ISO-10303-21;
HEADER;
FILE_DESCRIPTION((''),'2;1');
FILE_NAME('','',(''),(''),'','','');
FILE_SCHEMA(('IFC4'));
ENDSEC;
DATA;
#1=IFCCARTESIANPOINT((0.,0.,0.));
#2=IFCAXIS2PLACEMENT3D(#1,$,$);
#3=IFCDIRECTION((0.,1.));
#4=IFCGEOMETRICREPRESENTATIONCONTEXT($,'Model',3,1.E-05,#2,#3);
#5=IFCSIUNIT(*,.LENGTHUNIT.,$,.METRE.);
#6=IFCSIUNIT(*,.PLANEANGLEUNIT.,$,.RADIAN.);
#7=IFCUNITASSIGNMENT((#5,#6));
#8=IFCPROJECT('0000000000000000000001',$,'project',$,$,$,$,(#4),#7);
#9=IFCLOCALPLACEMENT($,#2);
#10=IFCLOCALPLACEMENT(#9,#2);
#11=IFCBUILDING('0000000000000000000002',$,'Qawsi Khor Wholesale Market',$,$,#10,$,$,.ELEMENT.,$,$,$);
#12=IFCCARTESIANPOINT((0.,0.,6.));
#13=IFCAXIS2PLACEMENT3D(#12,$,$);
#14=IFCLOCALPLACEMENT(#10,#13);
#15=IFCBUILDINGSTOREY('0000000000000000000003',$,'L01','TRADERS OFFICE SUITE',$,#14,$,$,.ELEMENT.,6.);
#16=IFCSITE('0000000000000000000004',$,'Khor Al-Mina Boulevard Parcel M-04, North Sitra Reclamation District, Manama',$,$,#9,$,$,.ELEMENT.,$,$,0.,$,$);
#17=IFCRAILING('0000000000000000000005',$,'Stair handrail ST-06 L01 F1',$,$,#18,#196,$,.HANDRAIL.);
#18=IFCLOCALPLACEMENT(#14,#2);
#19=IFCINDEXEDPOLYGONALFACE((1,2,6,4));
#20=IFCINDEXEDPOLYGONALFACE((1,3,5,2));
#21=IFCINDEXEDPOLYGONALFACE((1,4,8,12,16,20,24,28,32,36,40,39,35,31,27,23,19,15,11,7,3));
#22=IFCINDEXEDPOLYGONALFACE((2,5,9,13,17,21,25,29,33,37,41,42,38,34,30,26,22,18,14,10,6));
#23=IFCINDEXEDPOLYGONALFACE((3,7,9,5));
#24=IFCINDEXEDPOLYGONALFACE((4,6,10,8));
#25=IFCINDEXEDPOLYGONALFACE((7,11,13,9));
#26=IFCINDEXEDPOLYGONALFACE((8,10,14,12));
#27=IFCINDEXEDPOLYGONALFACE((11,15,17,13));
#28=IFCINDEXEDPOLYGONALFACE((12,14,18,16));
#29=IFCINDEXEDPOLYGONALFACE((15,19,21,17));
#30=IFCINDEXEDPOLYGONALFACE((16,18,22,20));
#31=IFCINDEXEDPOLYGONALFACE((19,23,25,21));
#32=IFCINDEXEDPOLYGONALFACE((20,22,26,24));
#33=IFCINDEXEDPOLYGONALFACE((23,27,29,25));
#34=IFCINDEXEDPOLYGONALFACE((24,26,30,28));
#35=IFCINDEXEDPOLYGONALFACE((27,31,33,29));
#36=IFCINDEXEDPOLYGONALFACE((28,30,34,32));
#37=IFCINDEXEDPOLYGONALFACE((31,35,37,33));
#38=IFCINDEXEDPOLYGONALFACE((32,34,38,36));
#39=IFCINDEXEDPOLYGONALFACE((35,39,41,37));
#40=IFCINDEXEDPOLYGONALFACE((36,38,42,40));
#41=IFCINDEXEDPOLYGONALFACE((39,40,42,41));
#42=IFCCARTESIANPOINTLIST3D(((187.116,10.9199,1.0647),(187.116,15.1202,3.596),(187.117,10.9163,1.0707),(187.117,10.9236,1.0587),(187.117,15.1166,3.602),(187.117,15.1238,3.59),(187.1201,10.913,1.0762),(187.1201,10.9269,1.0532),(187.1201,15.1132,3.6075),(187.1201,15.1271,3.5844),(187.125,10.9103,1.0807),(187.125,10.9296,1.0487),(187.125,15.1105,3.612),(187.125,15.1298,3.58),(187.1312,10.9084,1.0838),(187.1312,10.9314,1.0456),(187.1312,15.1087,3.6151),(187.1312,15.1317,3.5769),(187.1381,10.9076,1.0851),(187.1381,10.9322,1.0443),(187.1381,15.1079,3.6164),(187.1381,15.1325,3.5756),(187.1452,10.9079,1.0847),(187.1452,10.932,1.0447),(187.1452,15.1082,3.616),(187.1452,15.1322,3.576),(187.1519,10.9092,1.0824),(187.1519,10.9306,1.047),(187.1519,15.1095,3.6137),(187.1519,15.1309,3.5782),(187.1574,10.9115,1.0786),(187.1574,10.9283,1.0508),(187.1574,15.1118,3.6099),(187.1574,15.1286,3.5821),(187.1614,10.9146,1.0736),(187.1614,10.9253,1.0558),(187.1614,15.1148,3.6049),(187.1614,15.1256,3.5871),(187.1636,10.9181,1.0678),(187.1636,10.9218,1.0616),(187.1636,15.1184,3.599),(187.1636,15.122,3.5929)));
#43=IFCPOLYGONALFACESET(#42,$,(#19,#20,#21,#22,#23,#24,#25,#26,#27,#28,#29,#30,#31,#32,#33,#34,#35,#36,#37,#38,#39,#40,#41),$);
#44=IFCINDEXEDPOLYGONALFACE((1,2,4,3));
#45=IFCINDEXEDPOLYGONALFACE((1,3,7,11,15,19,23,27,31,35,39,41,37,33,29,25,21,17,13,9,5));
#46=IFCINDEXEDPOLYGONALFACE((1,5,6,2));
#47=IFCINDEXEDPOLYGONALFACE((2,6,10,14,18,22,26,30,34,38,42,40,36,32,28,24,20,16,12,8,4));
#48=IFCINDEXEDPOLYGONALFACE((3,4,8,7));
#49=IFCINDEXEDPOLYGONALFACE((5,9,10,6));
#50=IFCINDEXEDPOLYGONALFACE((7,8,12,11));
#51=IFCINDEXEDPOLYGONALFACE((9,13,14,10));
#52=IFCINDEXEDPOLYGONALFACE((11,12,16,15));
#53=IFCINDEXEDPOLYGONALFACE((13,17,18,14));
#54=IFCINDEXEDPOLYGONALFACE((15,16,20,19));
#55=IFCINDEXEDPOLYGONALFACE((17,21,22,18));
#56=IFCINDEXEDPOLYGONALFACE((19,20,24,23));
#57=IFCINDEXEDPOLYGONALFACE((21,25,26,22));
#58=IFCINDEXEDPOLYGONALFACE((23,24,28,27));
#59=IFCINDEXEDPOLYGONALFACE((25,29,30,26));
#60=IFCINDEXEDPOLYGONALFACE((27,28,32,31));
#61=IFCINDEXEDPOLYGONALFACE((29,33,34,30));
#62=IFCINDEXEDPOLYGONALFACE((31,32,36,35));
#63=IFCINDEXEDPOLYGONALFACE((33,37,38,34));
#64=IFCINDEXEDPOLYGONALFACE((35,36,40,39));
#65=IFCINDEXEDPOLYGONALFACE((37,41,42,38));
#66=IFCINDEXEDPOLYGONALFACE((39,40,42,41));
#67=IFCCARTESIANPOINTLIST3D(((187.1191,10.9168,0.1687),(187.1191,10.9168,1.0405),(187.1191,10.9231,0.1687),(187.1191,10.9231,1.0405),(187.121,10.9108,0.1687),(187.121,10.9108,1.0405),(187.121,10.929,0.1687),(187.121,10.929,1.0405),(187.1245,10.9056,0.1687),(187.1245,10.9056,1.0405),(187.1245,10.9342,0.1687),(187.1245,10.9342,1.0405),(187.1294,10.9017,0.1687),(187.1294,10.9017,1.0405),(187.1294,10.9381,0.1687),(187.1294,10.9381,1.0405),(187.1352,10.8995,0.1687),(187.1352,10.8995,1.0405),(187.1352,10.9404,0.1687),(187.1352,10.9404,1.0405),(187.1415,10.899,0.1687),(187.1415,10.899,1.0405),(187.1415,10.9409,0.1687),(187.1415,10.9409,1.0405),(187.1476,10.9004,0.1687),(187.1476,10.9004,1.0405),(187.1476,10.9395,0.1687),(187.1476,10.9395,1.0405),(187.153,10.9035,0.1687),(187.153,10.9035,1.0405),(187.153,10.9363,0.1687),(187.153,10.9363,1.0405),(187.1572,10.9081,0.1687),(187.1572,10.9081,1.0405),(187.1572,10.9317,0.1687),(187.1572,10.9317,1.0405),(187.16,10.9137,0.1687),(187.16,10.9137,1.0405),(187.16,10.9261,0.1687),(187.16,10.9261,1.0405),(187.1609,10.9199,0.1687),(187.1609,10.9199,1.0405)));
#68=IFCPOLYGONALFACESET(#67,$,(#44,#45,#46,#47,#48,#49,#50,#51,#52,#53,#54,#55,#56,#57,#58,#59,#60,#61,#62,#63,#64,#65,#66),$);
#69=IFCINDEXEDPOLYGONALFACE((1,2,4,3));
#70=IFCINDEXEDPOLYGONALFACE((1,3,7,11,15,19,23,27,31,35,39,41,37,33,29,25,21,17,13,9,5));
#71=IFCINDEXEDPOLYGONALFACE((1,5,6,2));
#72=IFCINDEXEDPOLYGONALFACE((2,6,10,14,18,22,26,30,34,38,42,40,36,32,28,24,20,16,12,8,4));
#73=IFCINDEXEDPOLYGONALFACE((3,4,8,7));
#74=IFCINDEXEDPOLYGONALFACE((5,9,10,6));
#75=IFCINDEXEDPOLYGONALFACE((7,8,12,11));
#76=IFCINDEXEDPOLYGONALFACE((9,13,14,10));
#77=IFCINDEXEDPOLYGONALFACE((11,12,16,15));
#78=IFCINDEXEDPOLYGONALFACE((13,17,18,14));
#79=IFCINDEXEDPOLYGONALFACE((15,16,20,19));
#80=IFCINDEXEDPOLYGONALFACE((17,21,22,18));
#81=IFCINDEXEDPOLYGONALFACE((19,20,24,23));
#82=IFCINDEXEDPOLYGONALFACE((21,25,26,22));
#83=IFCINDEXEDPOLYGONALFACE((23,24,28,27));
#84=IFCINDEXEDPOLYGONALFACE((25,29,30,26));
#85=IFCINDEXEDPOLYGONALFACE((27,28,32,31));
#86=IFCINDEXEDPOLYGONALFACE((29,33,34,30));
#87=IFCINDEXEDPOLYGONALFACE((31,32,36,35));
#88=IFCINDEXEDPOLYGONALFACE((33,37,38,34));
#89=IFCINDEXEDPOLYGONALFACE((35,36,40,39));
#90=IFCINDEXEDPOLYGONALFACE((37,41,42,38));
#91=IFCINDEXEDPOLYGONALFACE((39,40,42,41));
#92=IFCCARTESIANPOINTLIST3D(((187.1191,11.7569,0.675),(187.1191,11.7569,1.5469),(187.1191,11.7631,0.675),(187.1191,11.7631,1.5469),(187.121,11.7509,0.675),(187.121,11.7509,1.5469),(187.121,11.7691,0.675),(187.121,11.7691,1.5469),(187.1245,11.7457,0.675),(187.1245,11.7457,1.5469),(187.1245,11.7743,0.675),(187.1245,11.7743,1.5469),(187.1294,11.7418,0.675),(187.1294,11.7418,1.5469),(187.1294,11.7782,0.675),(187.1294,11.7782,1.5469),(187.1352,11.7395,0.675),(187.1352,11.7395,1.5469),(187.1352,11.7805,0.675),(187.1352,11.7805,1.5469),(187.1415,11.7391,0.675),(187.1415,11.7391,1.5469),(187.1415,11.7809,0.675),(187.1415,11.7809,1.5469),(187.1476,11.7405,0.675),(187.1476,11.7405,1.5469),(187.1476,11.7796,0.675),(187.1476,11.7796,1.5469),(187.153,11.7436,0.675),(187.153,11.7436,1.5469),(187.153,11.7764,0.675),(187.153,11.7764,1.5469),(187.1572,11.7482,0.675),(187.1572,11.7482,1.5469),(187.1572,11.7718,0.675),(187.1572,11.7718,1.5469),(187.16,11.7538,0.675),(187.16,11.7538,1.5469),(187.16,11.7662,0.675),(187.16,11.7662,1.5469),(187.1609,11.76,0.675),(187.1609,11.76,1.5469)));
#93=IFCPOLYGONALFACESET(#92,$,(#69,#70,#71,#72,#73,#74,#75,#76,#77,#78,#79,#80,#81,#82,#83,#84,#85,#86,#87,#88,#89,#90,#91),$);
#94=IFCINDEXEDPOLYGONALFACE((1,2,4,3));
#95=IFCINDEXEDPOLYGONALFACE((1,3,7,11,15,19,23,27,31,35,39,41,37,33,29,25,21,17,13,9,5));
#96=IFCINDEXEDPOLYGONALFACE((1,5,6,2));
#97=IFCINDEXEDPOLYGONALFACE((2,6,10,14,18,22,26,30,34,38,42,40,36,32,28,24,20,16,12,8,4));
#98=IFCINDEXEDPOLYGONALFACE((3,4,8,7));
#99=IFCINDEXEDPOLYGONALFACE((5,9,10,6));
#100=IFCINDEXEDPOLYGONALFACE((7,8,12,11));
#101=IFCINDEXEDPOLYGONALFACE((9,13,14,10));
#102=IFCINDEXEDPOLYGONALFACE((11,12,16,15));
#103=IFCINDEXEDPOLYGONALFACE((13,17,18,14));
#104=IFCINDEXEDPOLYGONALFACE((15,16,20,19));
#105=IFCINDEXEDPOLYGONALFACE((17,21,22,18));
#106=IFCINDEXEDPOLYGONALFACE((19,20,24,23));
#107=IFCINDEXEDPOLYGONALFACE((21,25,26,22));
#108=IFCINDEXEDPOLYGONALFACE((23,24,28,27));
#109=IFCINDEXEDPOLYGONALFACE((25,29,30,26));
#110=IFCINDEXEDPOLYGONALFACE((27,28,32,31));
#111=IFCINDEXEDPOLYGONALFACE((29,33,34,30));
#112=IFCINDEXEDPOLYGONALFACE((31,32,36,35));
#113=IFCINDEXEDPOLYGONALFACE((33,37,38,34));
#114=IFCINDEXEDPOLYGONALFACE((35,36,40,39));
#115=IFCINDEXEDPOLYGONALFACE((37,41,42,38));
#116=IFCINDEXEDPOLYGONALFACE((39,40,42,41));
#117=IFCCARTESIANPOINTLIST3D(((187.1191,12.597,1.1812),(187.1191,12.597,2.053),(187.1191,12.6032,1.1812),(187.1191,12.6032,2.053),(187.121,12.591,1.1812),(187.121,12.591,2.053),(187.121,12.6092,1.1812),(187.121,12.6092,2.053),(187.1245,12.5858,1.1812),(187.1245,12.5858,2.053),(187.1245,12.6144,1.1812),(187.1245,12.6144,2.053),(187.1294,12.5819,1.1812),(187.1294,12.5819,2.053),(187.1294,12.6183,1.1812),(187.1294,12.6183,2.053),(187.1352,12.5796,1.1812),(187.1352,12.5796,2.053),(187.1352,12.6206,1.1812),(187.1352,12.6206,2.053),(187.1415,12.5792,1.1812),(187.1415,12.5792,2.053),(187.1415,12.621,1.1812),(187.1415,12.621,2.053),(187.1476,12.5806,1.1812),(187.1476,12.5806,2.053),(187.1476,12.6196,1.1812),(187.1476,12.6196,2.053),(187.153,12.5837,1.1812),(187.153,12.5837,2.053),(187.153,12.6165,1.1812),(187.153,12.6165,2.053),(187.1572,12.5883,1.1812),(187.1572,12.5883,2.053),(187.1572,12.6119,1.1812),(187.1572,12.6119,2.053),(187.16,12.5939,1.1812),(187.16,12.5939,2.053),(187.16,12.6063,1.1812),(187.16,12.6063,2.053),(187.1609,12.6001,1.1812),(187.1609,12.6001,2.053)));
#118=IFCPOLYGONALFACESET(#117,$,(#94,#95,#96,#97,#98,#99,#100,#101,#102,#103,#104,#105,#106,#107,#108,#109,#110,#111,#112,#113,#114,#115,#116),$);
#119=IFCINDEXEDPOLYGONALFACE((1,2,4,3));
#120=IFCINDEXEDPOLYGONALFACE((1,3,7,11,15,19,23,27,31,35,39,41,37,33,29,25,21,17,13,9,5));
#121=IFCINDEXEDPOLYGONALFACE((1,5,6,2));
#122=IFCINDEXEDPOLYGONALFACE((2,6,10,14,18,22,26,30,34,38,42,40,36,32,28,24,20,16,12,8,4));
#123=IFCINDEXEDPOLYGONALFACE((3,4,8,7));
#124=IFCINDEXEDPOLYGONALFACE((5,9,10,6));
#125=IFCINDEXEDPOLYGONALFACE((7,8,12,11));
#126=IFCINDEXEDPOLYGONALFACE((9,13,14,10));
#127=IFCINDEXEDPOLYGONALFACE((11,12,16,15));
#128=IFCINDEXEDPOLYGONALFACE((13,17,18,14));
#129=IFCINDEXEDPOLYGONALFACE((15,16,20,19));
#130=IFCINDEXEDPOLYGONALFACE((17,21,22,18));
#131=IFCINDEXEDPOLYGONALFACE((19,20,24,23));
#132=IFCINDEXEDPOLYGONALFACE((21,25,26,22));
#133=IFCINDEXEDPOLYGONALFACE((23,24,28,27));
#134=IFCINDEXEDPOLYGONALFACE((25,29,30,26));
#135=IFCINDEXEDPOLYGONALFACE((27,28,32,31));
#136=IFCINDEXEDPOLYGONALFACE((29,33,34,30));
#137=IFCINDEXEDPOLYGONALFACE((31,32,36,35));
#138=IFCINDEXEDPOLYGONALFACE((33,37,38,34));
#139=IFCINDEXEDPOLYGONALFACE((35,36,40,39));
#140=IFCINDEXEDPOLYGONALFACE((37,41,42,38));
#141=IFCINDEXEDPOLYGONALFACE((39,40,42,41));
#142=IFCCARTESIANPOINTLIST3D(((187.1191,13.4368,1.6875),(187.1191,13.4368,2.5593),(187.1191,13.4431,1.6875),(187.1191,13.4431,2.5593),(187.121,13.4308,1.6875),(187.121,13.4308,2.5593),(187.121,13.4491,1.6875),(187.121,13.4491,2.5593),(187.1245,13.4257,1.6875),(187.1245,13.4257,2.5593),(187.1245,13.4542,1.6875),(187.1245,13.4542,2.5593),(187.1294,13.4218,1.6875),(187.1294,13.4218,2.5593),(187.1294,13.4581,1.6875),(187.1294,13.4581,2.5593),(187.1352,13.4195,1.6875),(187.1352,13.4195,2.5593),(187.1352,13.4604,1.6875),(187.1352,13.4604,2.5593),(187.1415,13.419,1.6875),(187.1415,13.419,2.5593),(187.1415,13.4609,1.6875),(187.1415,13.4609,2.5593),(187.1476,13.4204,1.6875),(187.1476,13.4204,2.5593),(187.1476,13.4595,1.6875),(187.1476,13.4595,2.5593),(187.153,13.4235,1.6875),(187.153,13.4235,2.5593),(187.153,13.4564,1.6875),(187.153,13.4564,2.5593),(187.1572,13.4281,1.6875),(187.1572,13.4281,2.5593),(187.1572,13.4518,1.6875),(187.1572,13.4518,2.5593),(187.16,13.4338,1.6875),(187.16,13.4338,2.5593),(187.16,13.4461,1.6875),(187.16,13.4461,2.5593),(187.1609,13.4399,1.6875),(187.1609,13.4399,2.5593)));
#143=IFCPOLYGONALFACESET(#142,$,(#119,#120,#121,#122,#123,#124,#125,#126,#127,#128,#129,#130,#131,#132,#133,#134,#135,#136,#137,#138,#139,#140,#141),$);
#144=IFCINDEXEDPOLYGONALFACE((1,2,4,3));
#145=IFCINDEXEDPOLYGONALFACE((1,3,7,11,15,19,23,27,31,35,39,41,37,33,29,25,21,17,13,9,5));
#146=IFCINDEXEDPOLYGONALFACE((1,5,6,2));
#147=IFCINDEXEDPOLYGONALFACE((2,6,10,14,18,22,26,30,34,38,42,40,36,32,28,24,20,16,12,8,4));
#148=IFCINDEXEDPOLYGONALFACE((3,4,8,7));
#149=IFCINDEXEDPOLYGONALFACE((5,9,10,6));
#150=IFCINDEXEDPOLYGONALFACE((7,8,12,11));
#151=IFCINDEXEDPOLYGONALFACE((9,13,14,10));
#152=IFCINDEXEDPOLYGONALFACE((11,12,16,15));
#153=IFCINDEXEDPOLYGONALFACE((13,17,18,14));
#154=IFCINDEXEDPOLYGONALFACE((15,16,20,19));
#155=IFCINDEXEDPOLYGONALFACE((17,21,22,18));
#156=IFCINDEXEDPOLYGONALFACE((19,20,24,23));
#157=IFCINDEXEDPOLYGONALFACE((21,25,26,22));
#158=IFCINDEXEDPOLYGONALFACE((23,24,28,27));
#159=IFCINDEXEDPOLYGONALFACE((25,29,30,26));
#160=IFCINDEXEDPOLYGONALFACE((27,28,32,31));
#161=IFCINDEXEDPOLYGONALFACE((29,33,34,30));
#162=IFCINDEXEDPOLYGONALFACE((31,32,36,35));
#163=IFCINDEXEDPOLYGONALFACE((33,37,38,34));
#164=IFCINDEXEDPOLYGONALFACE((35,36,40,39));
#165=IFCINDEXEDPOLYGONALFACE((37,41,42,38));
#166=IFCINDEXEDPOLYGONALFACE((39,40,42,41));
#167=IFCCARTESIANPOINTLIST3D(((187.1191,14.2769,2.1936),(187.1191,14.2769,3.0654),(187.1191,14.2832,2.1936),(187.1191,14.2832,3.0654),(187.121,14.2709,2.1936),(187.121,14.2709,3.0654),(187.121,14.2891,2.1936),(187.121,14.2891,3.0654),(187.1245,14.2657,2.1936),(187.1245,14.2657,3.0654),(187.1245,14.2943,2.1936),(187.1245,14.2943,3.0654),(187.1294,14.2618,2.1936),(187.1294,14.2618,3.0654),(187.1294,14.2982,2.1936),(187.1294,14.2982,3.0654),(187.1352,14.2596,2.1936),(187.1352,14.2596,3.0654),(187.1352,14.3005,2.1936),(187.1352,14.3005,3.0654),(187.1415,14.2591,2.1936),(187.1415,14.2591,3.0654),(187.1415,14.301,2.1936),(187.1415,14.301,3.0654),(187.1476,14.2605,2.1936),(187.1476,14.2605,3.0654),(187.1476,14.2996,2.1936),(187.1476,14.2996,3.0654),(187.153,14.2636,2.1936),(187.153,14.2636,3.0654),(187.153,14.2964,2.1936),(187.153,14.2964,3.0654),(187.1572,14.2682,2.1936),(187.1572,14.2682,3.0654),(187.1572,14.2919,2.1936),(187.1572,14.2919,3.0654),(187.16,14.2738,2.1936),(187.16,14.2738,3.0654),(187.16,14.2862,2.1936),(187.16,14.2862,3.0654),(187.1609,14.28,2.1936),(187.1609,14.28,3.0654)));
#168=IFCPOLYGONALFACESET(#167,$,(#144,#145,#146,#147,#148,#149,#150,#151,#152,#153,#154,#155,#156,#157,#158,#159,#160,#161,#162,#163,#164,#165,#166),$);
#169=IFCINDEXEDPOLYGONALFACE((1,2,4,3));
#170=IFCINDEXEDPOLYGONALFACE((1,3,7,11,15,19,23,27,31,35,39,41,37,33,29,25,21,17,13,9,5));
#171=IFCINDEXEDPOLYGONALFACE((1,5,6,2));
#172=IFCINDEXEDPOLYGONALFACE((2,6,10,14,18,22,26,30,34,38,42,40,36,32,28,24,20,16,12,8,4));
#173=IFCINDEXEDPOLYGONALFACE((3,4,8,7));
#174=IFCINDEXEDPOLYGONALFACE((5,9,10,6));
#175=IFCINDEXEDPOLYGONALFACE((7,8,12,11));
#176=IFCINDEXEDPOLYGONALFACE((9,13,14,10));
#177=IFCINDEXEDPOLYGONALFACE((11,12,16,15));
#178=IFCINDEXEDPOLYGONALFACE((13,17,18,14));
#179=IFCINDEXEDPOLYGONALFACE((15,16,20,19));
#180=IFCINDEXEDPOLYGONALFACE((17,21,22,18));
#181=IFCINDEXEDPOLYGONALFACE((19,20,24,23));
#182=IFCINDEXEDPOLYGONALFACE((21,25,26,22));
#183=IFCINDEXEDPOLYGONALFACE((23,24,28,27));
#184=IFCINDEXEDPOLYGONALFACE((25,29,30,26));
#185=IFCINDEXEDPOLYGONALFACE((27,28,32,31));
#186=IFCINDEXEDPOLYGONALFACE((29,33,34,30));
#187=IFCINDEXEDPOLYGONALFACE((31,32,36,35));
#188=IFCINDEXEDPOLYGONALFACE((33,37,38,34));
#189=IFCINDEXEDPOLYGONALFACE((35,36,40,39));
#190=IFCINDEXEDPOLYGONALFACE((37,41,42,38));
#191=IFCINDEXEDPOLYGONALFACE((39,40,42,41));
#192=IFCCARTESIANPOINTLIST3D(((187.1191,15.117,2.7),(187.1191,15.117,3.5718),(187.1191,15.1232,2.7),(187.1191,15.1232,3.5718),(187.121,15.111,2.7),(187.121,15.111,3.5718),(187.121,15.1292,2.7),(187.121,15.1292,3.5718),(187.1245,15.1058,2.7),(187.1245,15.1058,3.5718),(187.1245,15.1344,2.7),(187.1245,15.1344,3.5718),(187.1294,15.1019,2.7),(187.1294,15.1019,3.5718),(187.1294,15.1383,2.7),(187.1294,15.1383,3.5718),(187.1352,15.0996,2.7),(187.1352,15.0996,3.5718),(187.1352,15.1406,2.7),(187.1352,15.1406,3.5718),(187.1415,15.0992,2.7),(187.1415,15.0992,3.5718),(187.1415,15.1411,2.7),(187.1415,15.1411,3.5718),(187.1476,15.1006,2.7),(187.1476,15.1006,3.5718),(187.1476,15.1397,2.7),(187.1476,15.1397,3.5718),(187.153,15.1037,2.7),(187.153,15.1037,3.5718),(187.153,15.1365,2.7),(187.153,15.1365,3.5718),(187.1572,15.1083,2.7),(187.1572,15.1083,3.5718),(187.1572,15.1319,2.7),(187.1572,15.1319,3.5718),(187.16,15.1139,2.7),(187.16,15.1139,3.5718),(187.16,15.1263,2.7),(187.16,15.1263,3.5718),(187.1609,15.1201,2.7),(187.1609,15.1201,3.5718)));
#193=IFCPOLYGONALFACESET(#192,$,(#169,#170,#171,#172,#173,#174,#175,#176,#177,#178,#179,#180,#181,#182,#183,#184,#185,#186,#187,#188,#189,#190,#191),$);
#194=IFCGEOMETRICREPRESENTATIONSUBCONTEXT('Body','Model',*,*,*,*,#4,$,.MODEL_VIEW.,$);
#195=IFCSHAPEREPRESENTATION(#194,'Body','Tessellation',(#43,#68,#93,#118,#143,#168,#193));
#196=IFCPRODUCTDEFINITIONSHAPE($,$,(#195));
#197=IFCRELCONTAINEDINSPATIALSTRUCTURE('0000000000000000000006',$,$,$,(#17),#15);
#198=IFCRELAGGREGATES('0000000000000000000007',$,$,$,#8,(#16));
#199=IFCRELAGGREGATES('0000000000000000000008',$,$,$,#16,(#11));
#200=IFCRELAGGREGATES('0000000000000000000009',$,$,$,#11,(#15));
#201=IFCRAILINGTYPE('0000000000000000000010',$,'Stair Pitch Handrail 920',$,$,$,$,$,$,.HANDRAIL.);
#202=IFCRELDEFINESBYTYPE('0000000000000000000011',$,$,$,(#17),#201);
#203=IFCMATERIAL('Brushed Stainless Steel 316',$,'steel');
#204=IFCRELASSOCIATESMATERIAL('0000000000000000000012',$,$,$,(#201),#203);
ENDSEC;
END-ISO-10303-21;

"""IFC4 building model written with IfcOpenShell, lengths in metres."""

from ifc_helpers import new_model, si_unit, direction, frame, origin, origin_2d, place, context, subcontext, project, spatial, circle, extrude, material, type_object, element, save


model = new_model("IFC4")

# Units and contexts
model_context = context("Model", 3, precision=1e-05, world=origin(), true_north=direction((0.0, 1.0)))
body_context = subcontext(model_context, "Body", "Model", "MODEL_VIEW")
ifc_project = project(units=[si_unit("LENGTHUNIT", "METRE"), si_unit("PLANEANGLEUNIT", "RADIAN")], contexts=[model_context])

# Site, building, storey
site_placement = place(None, origin())
site = spatial("IfcSite", under=ifc_project, at=site_placement, Name="Khor Al-Mina Boulevard Parcel M-04, North Sitra Reclamation District, Manama", CompositionType="ELEMENT", RefElevation=0.0)
building_placement = place(site_placement, origin())
building = spatial("IfcBuilding", under=site, at=building_placement, Name="Qawsi Khor Wholesale Market", CompositionType="ELEMENT")
storey_placement = place(building_placement, frame((0.0, 0.0, 6.0)))
storey = spatial("IfcBuildingStorey", under=building, at=storey_placement, Name="L01", Description="TRADERS OFFICE SUITE", CompositionType="ELEMENT", Elevation=6.0)

# Railing
ifc_material_1 = material(Name="Brushed Stainless Steel 316", Category="steel")
railing_type_1 = type_object("IfcRailingType", Name="Stair Pitch Handrail 920", PredefinedType="HANDRAIL", material=ifc_material_1)
railing_1_placement = place(storey_placement, frame((187.1399, 10.9199, 0.1687)))
element("IfcRailing", 1, at=railing_1_placement, inside=storey, type_object=railing_type_1, Name="Stair handrail ST-06 L01 F1", PredefinedType="HANDRAIL", context=body_context, shape_type="SweptSolid", body=[
    extrude(circle(Radius=0.0239, at=origin_2d()), frame((0.0, 0.0, 0.896), z_axis=(0.0, 0.85649, 0.516164), x_axis=(-1.0, 0.0, 0.0)), (0.0, 0.0, 1.0), 4.9041),
    extrude(circle(Radius=0.021, at=origin_2d()), origin(), (0.0, 0.0, 1.0), 0.8718),
    extrude(circle(Radius=0.021, at=origin_2d()), frame((0.0, 0.8401, 0.5063)), (0.0, 0.0, 1.0), 0.8718),
    extrude(circle(Radius=0.021, at=origin_2d()), frame((0.0, 1.6802, 1.0125)), (0.0, 0.0, 1.0), 0.8718),
    extrude(circle(Radius=0.021, at=origin_2d()), frame((0.0, 2.52, 1.5188)), (0.0, 0.0, 1.0), 0.8718),
    extrude(circle(Radius=0.021, at=origin_2d()), frame((0.0, 3.3601, 2.0249)), (0.0, 0.0, 1.0), 0.8718),
    extrude(circle(Radius=0.021, at=origin_2d()), frame((0.0, 4.2002, 2.5312)), (0.0, 0.0, 1.0), 0.8718),
])

save(model, "model.ifc")
